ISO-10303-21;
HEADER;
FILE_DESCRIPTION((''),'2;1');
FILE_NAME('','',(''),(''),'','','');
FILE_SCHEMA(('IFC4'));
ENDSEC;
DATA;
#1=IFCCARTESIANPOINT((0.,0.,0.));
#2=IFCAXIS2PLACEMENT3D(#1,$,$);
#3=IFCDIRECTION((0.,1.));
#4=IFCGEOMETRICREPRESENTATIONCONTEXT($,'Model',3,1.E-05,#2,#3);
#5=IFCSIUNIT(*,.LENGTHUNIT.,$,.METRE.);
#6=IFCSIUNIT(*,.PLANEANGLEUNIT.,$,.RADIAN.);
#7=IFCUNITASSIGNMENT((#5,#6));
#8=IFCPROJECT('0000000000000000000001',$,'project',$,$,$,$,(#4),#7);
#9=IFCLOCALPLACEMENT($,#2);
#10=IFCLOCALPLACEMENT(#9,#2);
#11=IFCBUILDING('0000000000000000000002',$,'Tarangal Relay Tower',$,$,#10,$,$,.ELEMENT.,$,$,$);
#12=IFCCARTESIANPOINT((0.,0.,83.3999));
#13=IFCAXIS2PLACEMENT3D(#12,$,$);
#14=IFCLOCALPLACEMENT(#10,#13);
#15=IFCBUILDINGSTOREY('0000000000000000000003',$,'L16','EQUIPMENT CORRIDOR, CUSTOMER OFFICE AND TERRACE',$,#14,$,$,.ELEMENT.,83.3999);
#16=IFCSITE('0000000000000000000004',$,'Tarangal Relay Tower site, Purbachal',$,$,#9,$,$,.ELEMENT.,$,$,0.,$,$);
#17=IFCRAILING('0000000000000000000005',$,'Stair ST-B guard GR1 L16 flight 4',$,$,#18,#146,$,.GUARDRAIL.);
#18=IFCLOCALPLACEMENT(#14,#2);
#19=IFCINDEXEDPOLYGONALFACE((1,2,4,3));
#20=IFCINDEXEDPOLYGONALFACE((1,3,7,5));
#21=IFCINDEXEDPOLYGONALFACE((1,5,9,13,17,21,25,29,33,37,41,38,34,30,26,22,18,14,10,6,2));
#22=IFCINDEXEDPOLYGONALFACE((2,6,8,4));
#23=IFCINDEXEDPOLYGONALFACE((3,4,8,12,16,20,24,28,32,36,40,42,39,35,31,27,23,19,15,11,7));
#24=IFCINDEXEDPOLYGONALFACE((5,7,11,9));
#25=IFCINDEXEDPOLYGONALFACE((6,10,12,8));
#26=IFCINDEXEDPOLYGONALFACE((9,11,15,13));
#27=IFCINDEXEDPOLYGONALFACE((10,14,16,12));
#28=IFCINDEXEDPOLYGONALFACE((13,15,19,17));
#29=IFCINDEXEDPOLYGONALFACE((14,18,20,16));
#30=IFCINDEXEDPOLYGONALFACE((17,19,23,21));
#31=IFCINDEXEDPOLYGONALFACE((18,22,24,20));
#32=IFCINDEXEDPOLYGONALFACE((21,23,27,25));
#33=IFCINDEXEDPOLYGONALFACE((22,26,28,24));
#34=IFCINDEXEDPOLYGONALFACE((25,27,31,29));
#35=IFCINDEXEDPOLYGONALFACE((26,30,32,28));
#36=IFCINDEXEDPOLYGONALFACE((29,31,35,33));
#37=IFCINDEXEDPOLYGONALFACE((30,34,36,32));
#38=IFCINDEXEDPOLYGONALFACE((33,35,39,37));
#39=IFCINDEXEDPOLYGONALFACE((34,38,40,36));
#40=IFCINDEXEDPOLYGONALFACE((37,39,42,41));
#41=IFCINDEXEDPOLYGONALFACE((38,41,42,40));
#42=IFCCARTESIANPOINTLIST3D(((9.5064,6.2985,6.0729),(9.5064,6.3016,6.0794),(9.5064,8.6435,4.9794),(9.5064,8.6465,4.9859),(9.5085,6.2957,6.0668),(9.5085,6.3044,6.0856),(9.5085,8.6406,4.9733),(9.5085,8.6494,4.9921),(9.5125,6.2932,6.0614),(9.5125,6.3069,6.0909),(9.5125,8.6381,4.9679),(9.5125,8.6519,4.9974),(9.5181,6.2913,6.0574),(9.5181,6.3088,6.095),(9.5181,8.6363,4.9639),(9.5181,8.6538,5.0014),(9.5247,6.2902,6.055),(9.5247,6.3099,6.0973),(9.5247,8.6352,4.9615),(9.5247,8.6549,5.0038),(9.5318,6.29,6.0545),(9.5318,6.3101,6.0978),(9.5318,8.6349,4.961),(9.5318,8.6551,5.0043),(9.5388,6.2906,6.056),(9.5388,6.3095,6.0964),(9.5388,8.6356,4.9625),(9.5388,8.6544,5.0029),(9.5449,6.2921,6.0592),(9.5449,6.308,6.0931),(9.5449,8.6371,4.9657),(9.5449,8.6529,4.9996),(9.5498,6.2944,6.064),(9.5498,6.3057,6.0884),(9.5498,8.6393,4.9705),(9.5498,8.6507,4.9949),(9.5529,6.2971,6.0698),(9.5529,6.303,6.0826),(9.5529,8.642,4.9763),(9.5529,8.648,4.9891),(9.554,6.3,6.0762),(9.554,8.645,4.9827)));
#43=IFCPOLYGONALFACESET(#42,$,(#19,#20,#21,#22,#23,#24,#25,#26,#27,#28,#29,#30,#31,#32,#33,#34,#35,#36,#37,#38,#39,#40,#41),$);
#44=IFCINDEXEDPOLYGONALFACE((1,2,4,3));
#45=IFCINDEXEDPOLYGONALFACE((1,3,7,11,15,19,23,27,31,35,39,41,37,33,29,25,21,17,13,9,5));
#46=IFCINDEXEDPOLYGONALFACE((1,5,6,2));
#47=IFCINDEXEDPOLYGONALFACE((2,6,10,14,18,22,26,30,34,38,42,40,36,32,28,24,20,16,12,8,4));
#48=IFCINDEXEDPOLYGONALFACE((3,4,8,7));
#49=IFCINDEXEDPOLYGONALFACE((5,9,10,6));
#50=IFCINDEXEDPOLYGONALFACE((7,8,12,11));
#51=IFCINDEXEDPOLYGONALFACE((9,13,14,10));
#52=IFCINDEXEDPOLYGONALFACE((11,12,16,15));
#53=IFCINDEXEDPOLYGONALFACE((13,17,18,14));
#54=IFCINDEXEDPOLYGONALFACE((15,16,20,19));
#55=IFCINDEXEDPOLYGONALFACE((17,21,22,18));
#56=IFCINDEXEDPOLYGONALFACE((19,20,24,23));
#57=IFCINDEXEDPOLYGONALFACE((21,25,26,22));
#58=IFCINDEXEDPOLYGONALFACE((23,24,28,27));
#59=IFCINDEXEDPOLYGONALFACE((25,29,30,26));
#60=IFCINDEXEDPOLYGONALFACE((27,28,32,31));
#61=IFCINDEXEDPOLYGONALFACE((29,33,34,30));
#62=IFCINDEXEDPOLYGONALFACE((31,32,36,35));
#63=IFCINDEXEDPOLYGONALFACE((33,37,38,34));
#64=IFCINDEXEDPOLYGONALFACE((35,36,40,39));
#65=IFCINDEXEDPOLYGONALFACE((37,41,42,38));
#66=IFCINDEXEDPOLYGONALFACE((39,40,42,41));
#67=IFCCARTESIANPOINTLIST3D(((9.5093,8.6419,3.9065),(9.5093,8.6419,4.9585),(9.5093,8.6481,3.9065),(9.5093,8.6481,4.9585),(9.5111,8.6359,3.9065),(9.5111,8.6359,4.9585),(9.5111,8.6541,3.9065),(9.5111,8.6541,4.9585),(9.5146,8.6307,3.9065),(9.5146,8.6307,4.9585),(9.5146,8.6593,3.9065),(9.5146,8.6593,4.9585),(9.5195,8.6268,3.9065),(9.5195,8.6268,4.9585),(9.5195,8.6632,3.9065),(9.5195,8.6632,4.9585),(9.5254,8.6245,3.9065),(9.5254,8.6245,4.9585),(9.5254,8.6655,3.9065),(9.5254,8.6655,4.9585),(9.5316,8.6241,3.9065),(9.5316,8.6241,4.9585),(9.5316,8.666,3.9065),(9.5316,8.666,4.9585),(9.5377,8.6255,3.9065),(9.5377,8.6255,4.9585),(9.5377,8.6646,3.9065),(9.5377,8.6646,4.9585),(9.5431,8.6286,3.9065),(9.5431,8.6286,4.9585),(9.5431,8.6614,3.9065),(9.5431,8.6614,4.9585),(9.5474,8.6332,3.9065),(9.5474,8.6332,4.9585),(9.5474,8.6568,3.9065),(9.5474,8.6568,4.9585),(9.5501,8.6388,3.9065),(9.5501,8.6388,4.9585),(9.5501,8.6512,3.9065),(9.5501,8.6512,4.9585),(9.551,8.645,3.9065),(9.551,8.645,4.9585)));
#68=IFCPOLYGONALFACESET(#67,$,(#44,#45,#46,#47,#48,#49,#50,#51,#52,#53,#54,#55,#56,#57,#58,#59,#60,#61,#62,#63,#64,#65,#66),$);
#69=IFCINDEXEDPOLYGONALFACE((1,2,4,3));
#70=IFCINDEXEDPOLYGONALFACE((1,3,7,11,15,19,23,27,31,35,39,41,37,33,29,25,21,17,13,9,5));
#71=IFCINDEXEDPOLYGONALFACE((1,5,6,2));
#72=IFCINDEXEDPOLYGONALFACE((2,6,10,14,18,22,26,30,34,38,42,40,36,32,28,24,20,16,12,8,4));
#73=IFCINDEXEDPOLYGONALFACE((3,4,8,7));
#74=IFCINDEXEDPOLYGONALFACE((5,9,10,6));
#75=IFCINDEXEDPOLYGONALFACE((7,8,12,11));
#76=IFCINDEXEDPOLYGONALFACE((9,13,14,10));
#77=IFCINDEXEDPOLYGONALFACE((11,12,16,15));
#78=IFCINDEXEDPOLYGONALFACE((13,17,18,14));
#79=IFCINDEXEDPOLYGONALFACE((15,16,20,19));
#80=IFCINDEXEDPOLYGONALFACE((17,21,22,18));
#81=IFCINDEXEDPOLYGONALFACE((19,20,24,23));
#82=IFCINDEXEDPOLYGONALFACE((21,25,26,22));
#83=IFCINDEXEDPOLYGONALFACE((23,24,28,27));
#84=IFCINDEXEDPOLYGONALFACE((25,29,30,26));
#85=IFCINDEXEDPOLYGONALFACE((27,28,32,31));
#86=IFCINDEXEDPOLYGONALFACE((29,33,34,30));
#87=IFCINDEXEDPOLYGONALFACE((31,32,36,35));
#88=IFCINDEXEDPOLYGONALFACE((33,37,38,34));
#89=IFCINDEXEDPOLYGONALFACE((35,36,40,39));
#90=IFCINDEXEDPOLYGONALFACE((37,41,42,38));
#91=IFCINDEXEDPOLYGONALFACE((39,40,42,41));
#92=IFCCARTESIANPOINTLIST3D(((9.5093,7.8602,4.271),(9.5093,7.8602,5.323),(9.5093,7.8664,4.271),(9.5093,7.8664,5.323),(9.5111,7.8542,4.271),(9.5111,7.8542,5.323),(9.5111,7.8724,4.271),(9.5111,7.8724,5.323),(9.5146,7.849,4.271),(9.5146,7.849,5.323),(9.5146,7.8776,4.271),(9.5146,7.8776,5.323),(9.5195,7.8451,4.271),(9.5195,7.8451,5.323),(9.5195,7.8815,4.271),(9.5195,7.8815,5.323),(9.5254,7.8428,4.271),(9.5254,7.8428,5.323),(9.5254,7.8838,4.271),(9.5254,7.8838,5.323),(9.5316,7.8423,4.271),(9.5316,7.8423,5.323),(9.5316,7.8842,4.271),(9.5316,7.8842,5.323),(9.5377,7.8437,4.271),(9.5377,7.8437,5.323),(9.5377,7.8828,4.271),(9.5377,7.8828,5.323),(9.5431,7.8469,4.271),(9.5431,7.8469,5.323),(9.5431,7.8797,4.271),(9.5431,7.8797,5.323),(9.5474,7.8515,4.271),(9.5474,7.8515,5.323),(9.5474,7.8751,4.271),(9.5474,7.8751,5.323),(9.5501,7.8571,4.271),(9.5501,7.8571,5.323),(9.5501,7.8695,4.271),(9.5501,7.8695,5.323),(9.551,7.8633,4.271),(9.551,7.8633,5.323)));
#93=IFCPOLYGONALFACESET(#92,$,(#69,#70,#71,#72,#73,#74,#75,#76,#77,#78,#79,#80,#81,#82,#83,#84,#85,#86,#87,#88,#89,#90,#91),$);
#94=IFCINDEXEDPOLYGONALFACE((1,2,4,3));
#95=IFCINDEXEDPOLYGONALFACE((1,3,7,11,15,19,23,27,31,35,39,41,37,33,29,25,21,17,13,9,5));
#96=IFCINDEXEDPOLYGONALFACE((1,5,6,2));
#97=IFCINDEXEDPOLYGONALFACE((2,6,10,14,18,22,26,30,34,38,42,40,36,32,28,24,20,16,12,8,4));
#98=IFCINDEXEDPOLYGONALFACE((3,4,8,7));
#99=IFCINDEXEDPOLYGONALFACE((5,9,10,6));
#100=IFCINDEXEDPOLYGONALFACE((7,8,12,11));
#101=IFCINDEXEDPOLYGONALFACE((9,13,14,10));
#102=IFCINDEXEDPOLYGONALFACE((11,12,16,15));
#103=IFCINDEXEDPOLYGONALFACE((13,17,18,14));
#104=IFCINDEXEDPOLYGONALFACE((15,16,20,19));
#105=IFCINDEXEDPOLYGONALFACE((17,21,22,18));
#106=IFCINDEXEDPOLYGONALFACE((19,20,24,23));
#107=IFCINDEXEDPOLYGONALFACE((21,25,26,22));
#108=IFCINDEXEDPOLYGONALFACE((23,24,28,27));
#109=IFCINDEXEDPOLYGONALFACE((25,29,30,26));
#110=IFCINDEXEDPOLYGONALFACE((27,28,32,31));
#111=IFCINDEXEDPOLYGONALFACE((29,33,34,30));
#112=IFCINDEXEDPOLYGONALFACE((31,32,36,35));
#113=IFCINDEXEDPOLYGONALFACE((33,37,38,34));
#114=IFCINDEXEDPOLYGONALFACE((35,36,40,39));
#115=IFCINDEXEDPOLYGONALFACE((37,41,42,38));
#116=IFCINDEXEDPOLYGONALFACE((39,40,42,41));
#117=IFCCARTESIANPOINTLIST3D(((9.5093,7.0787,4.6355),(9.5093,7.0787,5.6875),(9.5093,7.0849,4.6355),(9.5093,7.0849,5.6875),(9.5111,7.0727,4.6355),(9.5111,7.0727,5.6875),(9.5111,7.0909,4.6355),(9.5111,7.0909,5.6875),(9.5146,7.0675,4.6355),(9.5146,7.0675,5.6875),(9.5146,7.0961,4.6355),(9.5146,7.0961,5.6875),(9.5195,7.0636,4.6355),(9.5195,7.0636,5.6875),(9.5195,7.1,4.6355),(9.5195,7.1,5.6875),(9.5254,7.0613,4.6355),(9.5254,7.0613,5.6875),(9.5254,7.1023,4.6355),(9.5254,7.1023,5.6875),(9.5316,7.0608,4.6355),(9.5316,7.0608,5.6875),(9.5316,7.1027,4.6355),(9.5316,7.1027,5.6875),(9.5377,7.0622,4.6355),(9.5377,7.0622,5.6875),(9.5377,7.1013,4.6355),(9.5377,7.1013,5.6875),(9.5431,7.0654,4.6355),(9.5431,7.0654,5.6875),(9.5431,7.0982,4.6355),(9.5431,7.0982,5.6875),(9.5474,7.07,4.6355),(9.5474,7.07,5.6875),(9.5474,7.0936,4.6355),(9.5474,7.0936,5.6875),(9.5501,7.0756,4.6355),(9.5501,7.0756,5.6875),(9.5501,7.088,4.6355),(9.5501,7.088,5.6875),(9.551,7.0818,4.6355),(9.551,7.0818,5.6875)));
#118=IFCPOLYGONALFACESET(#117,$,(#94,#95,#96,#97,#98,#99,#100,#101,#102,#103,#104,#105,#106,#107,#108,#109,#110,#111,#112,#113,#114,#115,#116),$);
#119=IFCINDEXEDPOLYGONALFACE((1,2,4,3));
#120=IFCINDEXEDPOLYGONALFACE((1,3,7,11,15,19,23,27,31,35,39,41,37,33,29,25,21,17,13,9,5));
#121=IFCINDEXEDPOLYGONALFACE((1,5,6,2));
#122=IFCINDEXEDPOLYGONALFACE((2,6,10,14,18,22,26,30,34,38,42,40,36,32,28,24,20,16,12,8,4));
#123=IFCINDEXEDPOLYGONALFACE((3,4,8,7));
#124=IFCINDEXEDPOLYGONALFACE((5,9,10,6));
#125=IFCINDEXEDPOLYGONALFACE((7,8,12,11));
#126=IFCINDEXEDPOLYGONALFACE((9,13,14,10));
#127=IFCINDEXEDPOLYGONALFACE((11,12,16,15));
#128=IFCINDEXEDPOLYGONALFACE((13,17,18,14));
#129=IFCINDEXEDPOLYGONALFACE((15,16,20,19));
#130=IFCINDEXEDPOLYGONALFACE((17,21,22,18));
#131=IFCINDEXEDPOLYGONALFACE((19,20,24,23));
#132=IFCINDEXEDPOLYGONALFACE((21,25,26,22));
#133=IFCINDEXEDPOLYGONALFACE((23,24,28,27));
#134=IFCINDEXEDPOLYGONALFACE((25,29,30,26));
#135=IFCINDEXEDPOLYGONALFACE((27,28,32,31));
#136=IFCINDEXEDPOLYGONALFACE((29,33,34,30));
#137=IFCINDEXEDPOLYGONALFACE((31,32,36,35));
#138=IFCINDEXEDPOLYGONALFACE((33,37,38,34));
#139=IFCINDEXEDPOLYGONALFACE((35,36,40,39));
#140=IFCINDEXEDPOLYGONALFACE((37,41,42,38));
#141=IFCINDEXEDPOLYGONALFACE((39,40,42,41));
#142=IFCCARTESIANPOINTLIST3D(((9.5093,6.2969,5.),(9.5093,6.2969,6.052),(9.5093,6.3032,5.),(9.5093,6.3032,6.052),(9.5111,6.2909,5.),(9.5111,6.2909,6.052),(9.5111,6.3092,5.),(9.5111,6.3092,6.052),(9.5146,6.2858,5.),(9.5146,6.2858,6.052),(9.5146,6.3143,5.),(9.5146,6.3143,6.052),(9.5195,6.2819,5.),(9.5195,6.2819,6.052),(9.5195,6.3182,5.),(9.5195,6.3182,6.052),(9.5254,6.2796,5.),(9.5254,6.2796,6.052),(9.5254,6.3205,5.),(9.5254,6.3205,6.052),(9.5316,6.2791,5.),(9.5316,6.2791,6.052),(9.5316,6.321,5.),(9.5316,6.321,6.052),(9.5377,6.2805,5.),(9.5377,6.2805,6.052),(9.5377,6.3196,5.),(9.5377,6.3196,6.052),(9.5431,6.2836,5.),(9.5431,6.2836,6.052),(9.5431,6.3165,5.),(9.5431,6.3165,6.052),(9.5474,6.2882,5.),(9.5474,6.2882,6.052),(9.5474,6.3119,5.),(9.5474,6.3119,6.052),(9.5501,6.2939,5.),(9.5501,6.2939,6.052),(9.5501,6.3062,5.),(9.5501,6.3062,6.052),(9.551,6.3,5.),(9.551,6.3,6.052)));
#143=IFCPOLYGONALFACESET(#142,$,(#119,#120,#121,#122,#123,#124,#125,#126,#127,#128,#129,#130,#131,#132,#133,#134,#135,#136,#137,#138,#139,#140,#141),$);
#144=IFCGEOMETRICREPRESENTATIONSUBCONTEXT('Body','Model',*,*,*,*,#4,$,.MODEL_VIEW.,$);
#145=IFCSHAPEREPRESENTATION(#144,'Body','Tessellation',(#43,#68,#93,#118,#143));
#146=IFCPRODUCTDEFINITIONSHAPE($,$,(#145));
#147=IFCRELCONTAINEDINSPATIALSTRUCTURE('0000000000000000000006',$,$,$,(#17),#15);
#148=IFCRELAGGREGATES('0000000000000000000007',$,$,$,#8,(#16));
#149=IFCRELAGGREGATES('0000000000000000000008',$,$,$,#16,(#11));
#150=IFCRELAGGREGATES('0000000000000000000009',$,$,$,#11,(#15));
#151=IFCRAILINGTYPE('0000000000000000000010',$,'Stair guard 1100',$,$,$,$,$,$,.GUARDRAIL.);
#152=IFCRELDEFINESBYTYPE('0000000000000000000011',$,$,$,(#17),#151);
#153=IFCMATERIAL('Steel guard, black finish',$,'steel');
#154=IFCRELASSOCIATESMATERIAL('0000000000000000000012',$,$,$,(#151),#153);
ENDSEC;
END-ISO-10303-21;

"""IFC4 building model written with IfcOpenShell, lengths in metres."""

from ifc_helpers import new_model, si_unit, direction, frame, origin, origin_2d, place, context, subcontext, project, spatial, circle, extrude, material, type_object, element, save


model = new_model("IFC4")

# Units and contexts
model_context = context("Model", 3, precision=1e-05, world=origin(), true_north=direction((0.0, 1.0)))
body_context = subcontext(model_context, "Body", "Model", "MODEL_VIEW")
ifc_project = project(units=[si_unit("LENGTHUNIT", "METRE"), si_unit("PLANEANGLEUNIT", "RADIAN")], contexts=[model_context])

# Site, building, storey
site_placement = place(None, origin())
site = spatial("IfcSite", under=ifc_project, at=site_placement, Name="Tarangal Relay Tower site, Purbachal", CompositionType="ELEMENT", RefElevation=0.0)
building_placement = place(site_placement, origin())
building = spatial("IfcBuilding", under=site, at=building_placement, Name="Tarangal Relay Tower", CompositionType="ELEMENT")
storey_placement = place(building_placement, frame((0.0, 0.0, 83.3999)))
storey = spatial("IfcBuildingStorey", under=building, at=storey_placement, Name="L16", Description="EQUIPMENT CORRIDOR, CUSTOMER OFFICE AND TERRACE", CompositionType="ELEMENT", Elevation=83.3999)

# Railing
ifc_material_1 = material(Name="Steel guard, black finish", Category="steel")
railing_type_1 = type_object("IfcRailingType", Name="Stair guard 1100", PredefinedType="GUARDRAIL", material=ifc_material_1)
railing_1_placement = place(storey_placement, frame((9.53, 8.645, 3.9065)))
element("IfcRailing", 1, at=railing_1_placement, inside=storey, type_object=railing_type_1, Name="Stair ST-B guard GR1 L16 flight 4", PredefinedType="GUARDRAIL", context=body_context, shape_type="SweptSolid", body=[
    extrude(circle(Radius=0.0239, at=origin_2d()), frame((0.0, 0.0, 1.0762), z_axis=(0.0, -0.906304, 0.422627), x_axis=(1.0, 0.0, 0.0)), (0.0, 0.0, 1.0), 2.5874),
    extrude(circle(Radius=0.021, at=origin_2d()), origin(), (0.0, 0.0, 1.0), 1.052),
    extrude(circle(Radius=0.021, at=origin_2d()), frame((0.0, -0.7817, 0.3645)), (0.0, 0.0, 1.0), 1.052),
    extrude(circle(Radius=0.021, at=origin_2d()), frame((0.0, -1.5632, 0.729)), (0.0, 0.0, 1.0), 1.052),
    extrude(circle(Radius=0.021, at=origin_2d()), frame((0.0, -2.345, 1.0935)), (0.0, 0.0, 1.0), 1.052),
])

save(model, "model.ifc")
